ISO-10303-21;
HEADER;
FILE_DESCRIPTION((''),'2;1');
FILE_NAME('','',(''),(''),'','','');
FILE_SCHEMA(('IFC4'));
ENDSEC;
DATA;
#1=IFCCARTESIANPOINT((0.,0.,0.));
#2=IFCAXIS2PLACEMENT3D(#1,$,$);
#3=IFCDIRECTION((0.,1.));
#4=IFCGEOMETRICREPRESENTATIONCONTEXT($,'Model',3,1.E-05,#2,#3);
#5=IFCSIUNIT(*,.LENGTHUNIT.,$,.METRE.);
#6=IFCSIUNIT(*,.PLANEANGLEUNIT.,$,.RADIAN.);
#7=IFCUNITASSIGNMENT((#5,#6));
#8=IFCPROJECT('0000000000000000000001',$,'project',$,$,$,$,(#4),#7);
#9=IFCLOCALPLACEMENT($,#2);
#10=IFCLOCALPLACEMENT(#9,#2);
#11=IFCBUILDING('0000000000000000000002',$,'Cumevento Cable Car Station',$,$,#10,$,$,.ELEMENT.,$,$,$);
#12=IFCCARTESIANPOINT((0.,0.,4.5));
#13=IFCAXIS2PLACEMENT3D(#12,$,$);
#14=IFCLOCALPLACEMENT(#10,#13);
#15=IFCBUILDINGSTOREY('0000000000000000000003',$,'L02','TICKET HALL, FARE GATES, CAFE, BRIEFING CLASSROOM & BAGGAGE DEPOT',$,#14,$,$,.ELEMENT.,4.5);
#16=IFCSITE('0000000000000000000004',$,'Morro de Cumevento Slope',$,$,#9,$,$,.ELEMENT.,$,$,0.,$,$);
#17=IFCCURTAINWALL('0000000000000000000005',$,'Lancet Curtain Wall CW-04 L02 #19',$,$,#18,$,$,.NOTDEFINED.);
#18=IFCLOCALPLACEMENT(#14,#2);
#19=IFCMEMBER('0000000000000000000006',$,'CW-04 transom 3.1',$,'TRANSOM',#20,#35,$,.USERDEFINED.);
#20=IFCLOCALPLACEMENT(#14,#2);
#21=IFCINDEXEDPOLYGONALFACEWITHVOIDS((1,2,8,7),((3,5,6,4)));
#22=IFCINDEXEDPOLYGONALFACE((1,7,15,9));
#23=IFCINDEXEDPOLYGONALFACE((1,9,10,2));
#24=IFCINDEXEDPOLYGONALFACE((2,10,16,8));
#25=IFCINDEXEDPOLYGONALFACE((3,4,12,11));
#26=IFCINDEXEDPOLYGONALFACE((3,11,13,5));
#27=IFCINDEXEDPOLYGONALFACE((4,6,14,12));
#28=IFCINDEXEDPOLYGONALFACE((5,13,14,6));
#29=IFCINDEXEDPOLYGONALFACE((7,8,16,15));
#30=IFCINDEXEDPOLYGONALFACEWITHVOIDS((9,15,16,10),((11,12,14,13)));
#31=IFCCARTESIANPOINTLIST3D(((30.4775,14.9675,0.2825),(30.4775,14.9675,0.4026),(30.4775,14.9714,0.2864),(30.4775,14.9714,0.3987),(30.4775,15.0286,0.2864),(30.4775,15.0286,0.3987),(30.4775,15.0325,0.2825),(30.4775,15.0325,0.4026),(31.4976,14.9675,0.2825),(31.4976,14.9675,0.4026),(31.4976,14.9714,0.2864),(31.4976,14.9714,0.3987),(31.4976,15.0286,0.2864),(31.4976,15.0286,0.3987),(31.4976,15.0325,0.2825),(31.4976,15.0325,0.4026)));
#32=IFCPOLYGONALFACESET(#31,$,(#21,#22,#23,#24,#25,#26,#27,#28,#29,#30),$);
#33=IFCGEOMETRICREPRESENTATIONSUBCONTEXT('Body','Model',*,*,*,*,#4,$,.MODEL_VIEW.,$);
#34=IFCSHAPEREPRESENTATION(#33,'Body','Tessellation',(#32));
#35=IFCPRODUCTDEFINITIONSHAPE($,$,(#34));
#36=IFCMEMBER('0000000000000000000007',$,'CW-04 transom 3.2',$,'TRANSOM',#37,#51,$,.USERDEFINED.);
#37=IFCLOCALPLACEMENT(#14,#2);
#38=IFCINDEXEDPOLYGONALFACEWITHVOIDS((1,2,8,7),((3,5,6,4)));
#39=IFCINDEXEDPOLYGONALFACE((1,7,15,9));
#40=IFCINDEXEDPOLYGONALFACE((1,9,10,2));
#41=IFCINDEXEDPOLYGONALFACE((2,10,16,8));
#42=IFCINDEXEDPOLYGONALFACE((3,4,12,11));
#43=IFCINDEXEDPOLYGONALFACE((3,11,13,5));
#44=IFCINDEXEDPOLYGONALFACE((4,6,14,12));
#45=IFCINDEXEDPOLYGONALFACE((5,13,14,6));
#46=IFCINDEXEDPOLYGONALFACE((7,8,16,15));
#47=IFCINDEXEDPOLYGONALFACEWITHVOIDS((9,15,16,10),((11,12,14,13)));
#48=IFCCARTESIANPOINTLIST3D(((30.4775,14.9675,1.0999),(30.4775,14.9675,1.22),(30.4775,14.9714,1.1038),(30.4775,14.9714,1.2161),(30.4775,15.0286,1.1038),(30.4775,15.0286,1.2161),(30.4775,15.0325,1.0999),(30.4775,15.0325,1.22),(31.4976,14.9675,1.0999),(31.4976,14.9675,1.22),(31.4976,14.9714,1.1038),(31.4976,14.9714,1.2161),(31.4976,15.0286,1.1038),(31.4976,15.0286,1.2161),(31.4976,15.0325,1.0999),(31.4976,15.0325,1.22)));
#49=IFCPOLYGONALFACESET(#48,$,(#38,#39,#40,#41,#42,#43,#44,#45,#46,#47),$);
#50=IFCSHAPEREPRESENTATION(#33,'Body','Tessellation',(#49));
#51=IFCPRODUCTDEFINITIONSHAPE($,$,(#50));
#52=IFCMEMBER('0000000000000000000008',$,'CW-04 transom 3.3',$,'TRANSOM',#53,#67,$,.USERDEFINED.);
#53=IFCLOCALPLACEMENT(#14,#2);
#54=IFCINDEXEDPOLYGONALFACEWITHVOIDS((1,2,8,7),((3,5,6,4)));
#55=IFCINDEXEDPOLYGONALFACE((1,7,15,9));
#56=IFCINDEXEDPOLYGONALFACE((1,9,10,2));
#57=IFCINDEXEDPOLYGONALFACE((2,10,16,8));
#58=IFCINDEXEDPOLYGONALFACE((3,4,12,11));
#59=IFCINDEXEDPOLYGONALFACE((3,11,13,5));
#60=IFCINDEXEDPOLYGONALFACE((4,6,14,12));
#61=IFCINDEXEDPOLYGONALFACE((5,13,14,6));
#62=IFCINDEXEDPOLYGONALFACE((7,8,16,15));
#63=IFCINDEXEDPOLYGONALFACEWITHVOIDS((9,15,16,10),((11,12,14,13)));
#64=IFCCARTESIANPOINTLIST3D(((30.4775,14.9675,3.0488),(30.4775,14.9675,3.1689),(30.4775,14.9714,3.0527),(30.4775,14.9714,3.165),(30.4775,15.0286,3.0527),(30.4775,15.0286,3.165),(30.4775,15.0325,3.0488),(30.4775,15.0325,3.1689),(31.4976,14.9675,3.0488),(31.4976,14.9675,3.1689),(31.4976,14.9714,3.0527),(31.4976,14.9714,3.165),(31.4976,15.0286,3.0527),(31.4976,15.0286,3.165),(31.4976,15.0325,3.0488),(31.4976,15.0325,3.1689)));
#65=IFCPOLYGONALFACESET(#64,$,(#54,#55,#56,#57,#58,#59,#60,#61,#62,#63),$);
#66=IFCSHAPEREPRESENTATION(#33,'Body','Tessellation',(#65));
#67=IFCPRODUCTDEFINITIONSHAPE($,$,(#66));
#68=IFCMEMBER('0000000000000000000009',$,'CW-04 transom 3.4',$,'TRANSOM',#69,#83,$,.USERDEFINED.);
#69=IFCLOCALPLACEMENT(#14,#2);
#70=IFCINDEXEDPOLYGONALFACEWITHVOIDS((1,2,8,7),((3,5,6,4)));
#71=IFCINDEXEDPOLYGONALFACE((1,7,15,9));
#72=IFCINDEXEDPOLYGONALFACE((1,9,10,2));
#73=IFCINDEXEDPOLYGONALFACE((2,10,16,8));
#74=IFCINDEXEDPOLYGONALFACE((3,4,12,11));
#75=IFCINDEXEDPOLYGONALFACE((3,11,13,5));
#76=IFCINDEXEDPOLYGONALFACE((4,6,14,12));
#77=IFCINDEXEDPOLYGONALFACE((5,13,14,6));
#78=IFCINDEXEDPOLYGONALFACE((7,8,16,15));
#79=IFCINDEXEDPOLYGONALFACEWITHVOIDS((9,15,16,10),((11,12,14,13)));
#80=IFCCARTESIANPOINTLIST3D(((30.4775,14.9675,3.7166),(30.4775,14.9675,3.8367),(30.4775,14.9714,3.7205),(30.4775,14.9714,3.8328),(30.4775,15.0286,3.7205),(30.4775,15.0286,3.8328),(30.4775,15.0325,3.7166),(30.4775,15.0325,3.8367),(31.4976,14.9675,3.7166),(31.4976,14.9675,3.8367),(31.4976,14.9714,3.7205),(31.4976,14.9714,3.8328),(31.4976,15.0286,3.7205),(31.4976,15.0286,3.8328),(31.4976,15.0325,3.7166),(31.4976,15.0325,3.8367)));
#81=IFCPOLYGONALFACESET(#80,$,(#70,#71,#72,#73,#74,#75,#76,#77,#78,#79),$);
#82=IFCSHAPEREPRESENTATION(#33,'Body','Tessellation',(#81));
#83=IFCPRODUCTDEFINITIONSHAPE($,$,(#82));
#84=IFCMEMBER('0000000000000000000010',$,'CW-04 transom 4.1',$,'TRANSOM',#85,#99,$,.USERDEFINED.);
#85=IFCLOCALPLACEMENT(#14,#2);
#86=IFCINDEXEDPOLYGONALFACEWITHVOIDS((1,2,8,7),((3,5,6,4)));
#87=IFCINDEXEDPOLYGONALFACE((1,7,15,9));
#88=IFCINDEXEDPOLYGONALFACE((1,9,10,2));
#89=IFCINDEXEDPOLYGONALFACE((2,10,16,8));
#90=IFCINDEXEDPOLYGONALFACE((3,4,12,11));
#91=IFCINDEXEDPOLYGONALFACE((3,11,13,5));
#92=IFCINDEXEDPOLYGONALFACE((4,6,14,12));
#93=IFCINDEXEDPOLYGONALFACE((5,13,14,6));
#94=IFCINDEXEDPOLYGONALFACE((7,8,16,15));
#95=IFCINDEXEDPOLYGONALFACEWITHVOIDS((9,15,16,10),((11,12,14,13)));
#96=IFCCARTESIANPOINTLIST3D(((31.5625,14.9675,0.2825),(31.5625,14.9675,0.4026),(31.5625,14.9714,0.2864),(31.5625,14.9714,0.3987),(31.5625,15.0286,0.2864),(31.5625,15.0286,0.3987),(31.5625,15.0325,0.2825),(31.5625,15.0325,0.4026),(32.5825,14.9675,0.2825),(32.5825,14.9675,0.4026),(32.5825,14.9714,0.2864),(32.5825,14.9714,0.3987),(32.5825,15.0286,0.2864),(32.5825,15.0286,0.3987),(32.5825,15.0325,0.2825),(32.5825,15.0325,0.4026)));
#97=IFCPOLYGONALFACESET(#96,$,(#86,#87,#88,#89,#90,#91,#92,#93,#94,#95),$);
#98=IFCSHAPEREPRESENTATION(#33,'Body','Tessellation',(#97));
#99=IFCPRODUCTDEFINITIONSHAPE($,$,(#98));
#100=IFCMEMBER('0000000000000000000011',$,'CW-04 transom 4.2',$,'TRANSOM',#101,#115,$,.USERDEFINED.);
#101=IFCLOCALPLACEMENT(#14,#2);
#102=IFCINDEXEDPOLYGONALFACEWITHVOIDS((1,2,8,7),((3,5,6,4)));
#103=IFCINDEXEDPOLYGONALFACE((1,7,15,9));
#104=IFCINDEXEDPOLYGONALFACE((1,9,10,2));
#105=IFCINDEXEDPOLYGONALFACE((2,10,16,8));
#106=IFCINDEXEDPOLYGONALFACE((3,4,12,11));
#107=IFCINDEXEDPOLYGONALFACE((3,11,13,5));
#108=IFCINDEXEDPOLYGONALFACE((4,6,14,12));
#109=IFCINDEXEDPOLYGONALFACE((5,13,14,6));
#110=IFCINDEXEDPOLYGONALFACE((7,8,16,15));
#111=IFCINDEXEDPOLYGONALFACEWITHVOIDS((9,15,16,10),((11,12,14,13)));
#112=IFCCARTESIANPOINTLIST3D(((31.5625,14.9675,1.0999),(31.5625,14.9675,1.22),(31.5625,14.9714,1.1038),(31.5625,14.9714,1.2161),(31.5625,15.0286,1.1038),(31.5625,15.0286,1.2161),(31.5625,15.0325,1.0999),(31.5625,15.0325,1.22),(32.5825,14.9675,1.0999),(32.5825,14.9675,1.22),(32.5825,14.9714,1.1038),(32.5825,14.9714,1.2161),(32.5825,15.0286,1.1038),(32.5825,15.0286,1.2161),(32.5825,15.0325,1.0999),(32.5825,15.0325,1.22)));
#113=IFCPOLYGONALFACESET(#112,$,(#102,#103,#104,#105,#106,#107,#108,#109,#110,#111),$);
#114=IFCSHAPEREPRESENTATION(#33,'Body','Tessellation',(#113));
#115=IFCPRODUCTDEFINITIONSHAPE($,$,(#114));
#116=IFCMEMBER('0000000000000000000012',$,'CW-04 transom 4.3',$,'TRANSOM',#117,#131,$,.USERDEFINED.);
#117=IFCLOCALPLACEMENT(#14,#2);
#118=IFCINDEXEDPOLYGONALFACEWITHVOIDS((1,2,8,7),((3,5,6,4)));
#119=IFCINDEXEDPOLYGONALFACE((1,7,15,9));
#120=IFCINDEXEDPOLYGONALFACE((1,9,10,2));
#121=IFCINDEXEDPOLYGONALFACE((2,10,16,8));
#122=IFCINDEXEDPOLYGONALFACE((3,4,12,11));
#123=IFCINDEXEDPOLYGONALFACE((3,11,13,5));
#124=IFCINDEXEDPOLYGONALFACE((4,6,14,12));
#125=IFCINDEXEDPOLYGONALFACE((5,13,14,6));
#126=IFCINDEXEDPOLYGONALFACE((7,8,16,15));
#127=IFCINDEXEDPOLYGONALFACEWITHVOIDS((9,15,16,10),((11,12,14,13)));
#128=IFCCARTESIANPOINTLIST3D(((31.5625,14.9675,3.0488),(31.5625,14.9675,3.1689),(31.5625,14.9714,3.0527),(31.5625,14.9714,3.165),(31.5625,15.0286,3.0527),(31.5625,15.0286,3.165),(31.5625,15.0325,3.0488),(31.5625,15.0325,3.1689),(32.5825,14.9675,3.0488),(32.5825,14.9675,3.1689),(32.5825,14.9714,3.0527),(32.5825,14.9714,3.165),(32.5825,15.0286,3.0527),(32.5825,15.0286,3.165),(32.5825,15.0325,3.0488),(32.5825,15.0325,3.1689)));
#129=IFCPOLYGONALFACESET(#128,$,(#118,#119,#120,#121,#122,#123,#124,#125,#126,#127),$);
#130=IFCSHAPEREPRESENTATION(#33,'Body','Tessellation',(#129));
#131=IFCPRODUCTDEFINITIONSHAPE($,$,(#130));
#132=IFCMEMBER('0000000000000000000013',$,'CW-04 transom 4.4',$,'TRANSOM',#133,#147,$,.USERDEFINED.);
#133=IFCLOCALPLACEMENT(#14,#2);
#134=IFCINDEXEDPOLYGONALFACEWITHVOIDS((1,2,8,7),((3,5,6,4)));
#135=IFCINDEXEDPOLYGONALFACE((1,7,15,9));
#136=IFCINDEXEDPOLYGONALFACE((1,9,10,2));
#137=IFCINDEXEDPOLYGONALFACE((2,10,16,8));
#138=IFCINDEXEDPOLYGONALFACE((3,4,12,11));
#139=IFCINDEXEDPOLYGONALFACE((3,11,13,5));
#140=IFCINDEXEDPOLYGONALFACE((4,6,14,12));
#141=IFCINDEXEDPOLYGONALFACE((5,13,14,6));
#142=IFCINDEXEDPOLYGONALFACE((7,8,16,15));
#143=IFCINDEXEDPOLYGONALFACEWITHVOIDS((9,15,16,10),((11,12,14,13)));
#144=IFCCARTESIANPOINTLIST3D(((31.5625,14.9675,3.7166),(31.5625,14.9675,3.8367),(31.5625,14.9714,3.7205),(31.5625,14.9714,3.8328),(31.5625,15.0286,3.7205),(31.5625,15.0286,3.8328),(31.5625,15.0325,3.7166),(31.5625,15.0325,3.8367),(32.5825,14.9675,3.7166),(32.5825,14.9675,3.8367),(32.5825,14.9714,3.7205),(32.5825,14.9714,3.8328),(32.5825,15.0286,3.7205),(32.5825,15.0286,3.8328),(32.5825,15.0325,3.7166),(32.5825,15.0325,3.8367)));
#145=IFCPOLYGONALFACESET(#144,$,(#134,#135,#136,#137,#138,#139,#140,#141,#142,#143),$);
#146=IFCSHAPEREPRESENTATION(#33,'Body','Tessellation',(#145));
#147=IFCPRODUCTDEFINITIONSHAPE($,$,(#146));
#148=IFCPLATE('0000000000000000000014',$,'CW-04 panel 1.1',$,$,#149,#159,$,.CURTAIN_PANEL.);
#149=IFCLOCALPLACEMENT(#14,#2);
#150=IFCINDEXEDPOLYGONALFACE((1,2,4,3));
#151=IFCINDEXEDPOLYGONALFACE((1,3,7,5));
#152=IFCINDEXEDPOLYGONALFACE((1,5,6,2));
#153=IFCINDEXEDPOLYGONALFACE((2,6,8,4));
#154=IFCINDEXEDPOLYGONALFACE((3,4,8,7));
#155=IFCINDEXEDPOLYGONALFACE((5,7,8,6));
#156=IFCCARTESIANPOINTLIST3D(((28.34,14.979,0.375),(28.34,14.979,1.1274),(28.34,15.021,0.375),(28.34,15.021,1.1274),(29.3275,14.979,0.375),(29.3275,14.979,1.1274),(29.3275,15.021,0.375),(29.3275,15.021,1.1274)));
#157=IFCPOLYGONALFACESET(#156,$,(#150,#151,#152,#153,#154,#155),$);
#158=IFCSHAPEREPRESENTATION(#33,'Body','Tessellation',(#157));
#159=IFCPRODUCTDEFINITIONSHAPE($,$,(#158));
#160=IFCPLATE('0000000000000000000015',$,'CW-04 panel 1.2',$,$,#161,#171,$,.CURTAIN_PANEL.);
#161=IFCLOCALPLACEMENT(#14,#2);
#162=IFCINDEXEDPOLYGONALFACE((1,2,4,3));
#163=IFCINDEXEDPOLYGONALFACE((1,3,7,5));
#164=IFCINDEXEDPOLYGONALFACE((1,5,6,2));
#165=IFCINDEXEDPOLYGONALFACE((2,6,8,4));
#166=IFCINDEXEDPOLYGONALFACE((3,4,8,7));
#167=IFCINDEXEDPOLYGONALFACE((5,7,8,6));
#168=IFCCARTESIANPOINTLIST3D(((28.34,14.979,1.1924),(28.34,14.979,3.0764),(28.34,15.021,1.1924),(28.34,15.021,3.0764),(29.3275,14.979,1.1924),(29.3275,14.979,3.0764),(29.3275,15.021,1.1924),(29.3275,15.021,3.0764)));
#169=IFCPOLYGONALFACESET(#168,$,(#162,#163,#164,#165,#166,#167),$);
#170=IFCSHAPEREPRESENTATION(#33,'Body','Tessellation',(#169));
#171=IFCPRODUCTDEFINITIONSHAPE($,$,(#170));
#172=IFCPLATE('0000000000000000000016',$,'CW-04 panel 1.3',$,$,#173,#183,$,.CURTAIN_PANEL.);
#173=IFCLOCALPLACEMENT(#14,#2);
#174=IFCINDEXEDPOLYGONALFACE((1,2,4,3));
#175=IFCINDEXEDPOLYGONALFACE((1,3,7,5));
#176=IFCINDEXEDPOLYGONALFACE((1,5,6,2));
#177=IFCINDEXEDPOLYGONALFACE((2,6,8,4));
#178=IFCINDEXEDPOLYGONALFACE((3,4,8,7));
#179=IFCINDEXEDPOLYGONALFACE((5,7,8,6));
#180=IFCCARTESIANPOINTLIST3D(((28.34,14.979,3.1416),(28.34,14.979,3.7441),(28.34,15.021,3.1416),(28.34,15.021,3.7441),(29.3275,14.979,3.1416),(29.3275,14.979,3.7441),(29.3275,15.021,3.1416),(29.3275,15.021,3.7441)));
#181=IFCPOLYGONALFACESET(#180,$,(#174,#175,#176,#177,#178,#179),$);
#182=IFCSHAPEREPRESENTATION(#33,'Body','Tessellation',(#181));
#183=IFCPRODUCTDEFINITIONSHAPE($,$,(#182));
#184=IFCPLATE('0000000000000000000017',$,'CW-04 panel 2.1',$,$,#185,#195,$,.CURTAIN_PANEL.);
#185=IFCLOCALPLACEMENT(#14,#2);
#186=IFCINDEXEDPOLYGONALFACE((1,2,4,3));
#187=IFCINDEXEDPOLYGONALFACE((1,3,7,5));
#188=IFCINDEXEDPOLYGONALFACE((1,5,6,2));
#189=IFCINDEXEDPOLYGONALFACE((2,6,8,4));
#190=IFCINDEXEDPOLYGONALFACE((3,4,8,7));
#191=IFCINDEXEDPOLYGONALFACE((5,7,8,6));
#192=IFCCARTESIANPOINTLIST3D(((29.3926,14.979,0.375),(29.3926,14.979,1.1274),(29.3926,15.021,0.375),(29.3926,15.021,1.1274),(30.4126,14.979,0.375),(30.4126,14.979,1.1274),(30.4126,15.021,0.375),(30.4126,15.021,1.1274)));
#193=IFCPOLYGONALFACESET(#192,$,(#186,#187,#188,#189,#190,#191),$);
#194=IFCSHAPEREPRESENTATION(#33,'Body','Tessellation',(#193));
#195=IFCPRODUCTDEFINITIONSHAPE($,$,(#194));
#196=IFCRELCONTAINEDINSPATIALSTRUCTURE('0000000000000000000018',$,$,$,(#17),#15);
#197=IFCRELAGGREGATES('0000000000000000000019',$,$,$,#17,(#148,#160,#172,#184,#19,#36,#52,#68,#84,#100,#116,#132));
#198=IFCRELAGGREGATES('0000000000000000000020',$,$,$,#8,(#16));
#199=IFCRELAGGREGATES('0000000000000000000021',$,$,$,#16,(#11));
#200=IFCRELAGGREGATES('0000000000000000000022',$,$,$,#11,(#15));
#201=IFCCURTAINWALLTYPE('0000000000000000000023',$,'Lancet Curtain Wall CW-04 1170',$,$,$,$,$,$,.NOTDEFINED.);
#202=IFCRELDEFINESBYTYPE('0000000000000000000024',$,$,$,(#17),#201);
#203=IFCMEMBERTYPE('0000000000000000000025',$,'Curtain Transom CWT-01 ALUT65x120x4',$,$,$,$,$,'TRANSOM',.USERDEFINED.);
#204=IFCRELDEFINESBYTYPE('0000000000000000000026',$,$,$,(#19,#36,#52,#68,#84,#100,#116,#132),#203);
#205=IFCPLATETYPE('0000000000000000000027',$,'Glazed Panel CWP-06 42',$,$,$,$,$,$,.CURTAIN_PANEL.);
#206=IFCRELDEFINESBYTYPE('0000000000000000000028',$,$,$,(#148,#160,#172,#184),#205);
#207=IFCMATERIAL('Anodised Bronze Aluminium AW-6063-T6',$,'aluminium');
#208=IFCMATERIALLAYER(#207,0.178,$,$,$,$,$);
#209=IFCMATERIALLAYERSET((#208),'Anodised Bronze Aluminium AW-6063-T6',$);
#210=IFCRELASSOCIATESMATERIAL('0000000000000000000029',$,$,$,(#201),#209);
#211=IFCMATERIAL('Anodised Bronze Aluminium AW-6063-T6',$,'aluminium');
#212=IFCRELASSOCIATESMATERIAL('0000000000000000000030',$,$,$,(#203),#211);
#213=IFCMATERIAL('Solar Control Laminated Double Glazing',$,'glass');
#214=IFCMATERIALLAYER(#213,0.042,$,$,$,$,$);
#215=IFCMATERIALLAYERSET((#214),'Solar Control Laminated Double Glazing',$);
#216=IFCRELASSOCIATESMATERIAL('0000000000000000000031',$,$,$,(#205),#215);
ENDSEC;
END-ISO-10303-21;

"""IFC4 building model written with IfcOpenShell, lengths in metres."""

from ifc_helpers import new_model, si_unit, direction, frame, origin, origin_2d, place, context, subcontext, project, spatial, rectangle, hollow_rectangle, extrude, material, layer, layer_set, material_profile, profile_set, type_object, element, aggregate, save


model = new_model("IFC4")

# Units and contexts
model_context = context("Model", 3, precision=1e-05, world=origin(), true_north=direction((0.0, 1.0)))
body_context = subcontext(model_context, "Body", "Model", "MODEL_VIEW")
ifc_project = project(units=[si_unit("LENGTHUNIT", "METRE"), si_unit("PLANEANGLEUNIT", "RADIAN")], contexts=[model_context])

# Site, building, storey
site_placement = place(None, origin())
site = spatial("IfcSite", under=ifc_project, at=site_placement, Name="Morro de Cumevento Slope", CompositionType="ELEMENT", RefElevation=0.0)
building_placement = place(site_placement, origin())
building = spatial("IfcBuilding", under=site, at=building_placement, Name="Cumevento Cable Car Station", CompositionType="ELEMENT")
storey_placement = place(building_placement, frame((0.0, 0.0, 4.5)))
storey = spatial("IfcBuildingStorey", under=building, at=storey_placement, Name="L02", Description="TICKET HALL, FARE GATES, CAFE, BRIEFING CLASSROOM & BAGGAGE DEPOT", CompositionType="ELEMENT", Elevation=4.5)

# Curtain wall, members, plates
ifc_material_1 = material(Name="Anodised Bronze Aluminium AW-6063-T6", Category="aluminium")
ifc_layer_1 = layer(ifc_material_1, 0.178)
ifc_layer_set_1 = layer_set([ifc_layer_1], Name="Anodised Bronze Aluminium AW-6063-T6")
curtain_wall_type = type_object("IfcCurtainWallType", Name="Lancet Curtain Wall CW-04 1170", PredefinedType="NOTDEFINED", material=ifc_layer_set_1)
curtain_wall_placement = place(storey_placement, origin())
curtain_wall = element("IfcCurtainWall", 1, at=curtain_wall_placement, inside=storey, type_object=curtain_wall_type, Name="Lancet Curtain Wall CW-04 L02 #19", PredefinedType="NOTDEFINED")
ifc_material_2 = material(Name="Anodised Bronze Aluminium AW-6063-T6", Category="aluminium")
ifc_material_profile_1 = material_profile(ifc_material_2, hollow_rectangle(XDim=0.0649, YDim=0.1201, WallThickness=0.0039, at=origin_2d()), Name="ALUT65x120x4")
ifc_profile_set_1 = profile_set([ifc_material_profile_1], Name="Anodised Bronze Aluminium AW-6063-T6")
member_type_1 = type_object("IfcMemberType", Name="Curtain Transom CWT-01 ALUT65x120x4", ElementType="TRANSOM", PredefinedType="USERDEFINED", material=ifc_profile_set_1)
member_1_placement = place(storey_placement, frame((30.4775, 15.0, 0.3425), z_axis=(1.0, 0.0, 0.0), x_axis=(0.0, 1.0, 0.0)))
member_1 = element("IfcMember", 2, at=member_1_placement, type_object=member_type_1, Name="CW-04 transom 3.1", ObjectType="TRANSOM", PredefinedType="USERDEFINED", context=body_context, shape_type="SweptSolid", body=[
    extrude(hollow_rectangle(XDim=0.0649, YDim=0.1201, WallThickness=0.0039, at=origin_2d()), origin(), (0.0, 0.0, 1.0), 1.02),
])
member_2_placement = place(storey_placement, frame((30.4775, 15.0, 1.1599), z_axis=(1.0, 0.0, 0.0), x_axis=(0.0, 1.0, 0.0)))
member_2 = element("IfcMember", 3, at=member_2_placement, type_object=member_type_1, Name="CW-04 transom 3.2", ObjectType="TRANSOM", PredefinedType="USERDEFINED", context=body_context, shape_type="SweptSolid", body=[
    extrude(hollow_rectangle(XDim=0.0649, YDim=0.1201, WallThickness=0.0039, at=origin_2d()), origin(), (0.0, 0.0, 1.0), 1.02),
])
member_3_placement = place(storey_placement, frame((30.4775, 15.0, 3.1089), z_axis=(1.0, 0.0, 0.0), x_axis=(0.0, 1.0, 0.0)))
member_3 = element("IfcMember", 4, at=member_3_placement, type_object=member_type_1, Name="CW-04 transom 3.3", ObjectType="TRANSOM", PredefinedType="USERDEFINED", context=body_context, shape_type="SweptSolid", body=[
    extrude(hollow_rectangle(XDim=0.0649, YDim=0.1201, WallThickness=0.0039, at=origin_2d()), origin(), (0.0, 0.0, 1.0), 1.02),
])
member_4_placement = place(storey_placement, frame((30.4775, 15.0, 3.7766), z_axis=(1.0, 0.0, 0.0), x_axis=(0.0, 1.0, 0.0)))
member_4 = element("IfcMember", 5, at=member_4_placement, type_object=member_type_1, Name="CW-04 transom 3.4", ObjectType="TRANSOM", PredefinedType="USERDEFINED", context=body_context, shape_type="SweptSolid", body=[
    extrude(hollow_rectangle(XDim=0.0649, YDim=0.1201, WallThickness=0.0039, at=origin_2d()), origin(), (0.0, 0.0, 1.0), 1.02),
])
member_5_placement = place(storey_placement, frame((31.5625, 15.0, 0.3425), z_axis=(1.0, 0.0, 0.0), x_axis=(0.0, 1.0, 0.0)))
member_5 = element("IfcMember", 6, at=member_5_placement, type_object=member_type_1, Name="CW-04 transom 4.1", ObjectType="TRANSOM", PredefinedType="USERDEFINED", context=body_context, shape_type="SweptSolid", body=[
    extrude(hollow_rectangle(XDim=0.0649, YDim=0.1201, WallThickness=0.0039, at=origin_2d()), origin(), (0.0, 0.0, 1.0), 1.02),
])
member_6_placement = place(storey_placement, frame((31.5625, 15.0, 1.1599), z_axis=(1.0, 0.0, 0.0), x_axis=(0.0, 1.0, 0.0)))
member_6 = element("IfcMember", 7, at=member_6_placement, type_object=member_type_1, Name="CW-04 transom 4.2", ObjectType="TRANSOM", PredefinedType="USERDEFINED", context=body_context, shape_type="SweptSolid", body=[
    extrude(hollow_rectangle(XDim=0.0649, YDim=0.1201, WallThickness=0.0039, at=origin_2d()), origin(), (0.0, 0.0, 1.0), 1.02),
])
member_7_placement = place(storey_placement, frame((31.5625, 15.0, 3.1089), z_axis=(1.0, 0.0, 0.0), x_axis=(0.0, 1.0, 0.0)))
member_7 = element("IfcMember", 8, at=member_7_placement, type_object=member_type_1, Name="CW-04 transom 4.3", ObjectType="TRANSOM", PredefinedType="USERDEFINED", context=body_context, shape_type="SweptSolid", body=[
    extrude(hollow_rectangle(XDim=0.0649, YDim=0.1201, WallThickness=0.0039, at=origin_2d()), origin(), (0.0, 0.0, 1.0), 1.02),
])
member_8_placement = place(storey_placement, frame((31.5625, 15.0, 3.7766), z_axis=(1.0, 0.0, 0.0), x_axis=(0.0, 1.0, 0.0)))
member_8 = element("IfcMember", 9, at=member_8_placement, type_object=member_type_1, Name="CW-04 transom 4.4", ObjectType="TRANSOM", PredefinedType="USERDEFINED", context=body_context, shape_type="SweptSolid", body=[
    extrude(hollow_rectangle(XDim=0.0649, YDim=0.1201, WallThickness=0.0039, at=origin_2d()), origin(), (0.0, 0.0, 1.0), 1.02),
])
ifc_material_3 = material(Name="Solar Control Laminated Double Glazing", Category="glass")
ifc_layer_2 = layer(ifc_material_3, 0.042)
ifc_layer_set_2 = layer_set([ifc_layer_2], Name="Solar Control Laminated Double Glazing")
plate_type = type_object("IfcPlateType", Name="Glazed Panel CWP-06 42", PredefinedType="CURTAIN_PANEL", material=ifc_layer_set_2)
plate_1_placement = place(storey_placement, frame((28.8337, 15.0, 0.375), z_axis=(0.0, 0.0, 1.0), x_axis=(1.0, 0.0, 0.0)))
plate_1 = element("IfcPlate", 10, at=plate_1_placement, type_object=plate_type, Name="CW-04 panel 1.1", PredefinedType="CURTAIN_PANEL", context=body_context, shape_type="SweptSolid", body=[
    extrude(rectangle(XDim=0.9875, YDim=0.042, at=origin_2d()), origin(), (0.0, 0.0, 1.0), 0.7524),
])
plate_2_placement = place(storey_placement, frame((28.8337, 15.0, 1.1924), z_axis=(0.0, 0.0, 1.0), x_axis=(1.0, 0.0, 0.0)))
plate_2 = element("IfcPlate", 11, at=plate_2_placement, type_object=plate_type, Name="CW-04 panel 1.2", PredefinedType="CURTAIN_PANEL", context=body_context, shape_type="SweptSolid", body=[
    extrude(rectangle(XDim=0.9875, YDim=0.042, at=origin_2d()), origin(), (0.0, 0.0, 1.0), 1.884),
])
plate_3_placement = place(storey_placement, frame((28.8337, 15.0, 3.1416), z_axis=(0.0, 0.0, 1.0), x_axis=(1.0, 0.0, 0.0)))
plate_3 = element("IfcPlate", 12, at=plate_3_placement, type_object=plate_type, Name="CW-04 panel 1.3", PredefinedType="CURTAIN_PANEL", context=body_context, shape_type="SweptSolid", body=[
    extrude(rectangle(XDim=0.9875, YDim=0.042, at=origin_2d()), origin(), (0.0, 0.0, 1.0), 0.6025),
])
plate_4_placement = place(storey_placement, frame((29.9026, 15.0, 0.375), z_axis=(0.0, 0.0, 1.0), x_axis=(1.0, 0.0, 0.0)))
plate_4 = element("IfcPlate", 13, at=plate_4_placement, type_object=plate_type, Name="CW-04 panel 2.1", PredefinedType="CURTAIN_PANEL", context=body_context, shape_type="SweptSolid", body=[
    extrude(rectangle(XDim=1.02, YDim=0.042, at=origin_2d()), origin(), (0.0, 0.0, 1.0), 0.7524),
])
aggregate(curtain_wall, [plate_1, plate_2, plate_3, plate_4, member_1, member_2, member_3, member_4, member_5, member_6, member_7, member_8])

save(model, "model.ifc")
